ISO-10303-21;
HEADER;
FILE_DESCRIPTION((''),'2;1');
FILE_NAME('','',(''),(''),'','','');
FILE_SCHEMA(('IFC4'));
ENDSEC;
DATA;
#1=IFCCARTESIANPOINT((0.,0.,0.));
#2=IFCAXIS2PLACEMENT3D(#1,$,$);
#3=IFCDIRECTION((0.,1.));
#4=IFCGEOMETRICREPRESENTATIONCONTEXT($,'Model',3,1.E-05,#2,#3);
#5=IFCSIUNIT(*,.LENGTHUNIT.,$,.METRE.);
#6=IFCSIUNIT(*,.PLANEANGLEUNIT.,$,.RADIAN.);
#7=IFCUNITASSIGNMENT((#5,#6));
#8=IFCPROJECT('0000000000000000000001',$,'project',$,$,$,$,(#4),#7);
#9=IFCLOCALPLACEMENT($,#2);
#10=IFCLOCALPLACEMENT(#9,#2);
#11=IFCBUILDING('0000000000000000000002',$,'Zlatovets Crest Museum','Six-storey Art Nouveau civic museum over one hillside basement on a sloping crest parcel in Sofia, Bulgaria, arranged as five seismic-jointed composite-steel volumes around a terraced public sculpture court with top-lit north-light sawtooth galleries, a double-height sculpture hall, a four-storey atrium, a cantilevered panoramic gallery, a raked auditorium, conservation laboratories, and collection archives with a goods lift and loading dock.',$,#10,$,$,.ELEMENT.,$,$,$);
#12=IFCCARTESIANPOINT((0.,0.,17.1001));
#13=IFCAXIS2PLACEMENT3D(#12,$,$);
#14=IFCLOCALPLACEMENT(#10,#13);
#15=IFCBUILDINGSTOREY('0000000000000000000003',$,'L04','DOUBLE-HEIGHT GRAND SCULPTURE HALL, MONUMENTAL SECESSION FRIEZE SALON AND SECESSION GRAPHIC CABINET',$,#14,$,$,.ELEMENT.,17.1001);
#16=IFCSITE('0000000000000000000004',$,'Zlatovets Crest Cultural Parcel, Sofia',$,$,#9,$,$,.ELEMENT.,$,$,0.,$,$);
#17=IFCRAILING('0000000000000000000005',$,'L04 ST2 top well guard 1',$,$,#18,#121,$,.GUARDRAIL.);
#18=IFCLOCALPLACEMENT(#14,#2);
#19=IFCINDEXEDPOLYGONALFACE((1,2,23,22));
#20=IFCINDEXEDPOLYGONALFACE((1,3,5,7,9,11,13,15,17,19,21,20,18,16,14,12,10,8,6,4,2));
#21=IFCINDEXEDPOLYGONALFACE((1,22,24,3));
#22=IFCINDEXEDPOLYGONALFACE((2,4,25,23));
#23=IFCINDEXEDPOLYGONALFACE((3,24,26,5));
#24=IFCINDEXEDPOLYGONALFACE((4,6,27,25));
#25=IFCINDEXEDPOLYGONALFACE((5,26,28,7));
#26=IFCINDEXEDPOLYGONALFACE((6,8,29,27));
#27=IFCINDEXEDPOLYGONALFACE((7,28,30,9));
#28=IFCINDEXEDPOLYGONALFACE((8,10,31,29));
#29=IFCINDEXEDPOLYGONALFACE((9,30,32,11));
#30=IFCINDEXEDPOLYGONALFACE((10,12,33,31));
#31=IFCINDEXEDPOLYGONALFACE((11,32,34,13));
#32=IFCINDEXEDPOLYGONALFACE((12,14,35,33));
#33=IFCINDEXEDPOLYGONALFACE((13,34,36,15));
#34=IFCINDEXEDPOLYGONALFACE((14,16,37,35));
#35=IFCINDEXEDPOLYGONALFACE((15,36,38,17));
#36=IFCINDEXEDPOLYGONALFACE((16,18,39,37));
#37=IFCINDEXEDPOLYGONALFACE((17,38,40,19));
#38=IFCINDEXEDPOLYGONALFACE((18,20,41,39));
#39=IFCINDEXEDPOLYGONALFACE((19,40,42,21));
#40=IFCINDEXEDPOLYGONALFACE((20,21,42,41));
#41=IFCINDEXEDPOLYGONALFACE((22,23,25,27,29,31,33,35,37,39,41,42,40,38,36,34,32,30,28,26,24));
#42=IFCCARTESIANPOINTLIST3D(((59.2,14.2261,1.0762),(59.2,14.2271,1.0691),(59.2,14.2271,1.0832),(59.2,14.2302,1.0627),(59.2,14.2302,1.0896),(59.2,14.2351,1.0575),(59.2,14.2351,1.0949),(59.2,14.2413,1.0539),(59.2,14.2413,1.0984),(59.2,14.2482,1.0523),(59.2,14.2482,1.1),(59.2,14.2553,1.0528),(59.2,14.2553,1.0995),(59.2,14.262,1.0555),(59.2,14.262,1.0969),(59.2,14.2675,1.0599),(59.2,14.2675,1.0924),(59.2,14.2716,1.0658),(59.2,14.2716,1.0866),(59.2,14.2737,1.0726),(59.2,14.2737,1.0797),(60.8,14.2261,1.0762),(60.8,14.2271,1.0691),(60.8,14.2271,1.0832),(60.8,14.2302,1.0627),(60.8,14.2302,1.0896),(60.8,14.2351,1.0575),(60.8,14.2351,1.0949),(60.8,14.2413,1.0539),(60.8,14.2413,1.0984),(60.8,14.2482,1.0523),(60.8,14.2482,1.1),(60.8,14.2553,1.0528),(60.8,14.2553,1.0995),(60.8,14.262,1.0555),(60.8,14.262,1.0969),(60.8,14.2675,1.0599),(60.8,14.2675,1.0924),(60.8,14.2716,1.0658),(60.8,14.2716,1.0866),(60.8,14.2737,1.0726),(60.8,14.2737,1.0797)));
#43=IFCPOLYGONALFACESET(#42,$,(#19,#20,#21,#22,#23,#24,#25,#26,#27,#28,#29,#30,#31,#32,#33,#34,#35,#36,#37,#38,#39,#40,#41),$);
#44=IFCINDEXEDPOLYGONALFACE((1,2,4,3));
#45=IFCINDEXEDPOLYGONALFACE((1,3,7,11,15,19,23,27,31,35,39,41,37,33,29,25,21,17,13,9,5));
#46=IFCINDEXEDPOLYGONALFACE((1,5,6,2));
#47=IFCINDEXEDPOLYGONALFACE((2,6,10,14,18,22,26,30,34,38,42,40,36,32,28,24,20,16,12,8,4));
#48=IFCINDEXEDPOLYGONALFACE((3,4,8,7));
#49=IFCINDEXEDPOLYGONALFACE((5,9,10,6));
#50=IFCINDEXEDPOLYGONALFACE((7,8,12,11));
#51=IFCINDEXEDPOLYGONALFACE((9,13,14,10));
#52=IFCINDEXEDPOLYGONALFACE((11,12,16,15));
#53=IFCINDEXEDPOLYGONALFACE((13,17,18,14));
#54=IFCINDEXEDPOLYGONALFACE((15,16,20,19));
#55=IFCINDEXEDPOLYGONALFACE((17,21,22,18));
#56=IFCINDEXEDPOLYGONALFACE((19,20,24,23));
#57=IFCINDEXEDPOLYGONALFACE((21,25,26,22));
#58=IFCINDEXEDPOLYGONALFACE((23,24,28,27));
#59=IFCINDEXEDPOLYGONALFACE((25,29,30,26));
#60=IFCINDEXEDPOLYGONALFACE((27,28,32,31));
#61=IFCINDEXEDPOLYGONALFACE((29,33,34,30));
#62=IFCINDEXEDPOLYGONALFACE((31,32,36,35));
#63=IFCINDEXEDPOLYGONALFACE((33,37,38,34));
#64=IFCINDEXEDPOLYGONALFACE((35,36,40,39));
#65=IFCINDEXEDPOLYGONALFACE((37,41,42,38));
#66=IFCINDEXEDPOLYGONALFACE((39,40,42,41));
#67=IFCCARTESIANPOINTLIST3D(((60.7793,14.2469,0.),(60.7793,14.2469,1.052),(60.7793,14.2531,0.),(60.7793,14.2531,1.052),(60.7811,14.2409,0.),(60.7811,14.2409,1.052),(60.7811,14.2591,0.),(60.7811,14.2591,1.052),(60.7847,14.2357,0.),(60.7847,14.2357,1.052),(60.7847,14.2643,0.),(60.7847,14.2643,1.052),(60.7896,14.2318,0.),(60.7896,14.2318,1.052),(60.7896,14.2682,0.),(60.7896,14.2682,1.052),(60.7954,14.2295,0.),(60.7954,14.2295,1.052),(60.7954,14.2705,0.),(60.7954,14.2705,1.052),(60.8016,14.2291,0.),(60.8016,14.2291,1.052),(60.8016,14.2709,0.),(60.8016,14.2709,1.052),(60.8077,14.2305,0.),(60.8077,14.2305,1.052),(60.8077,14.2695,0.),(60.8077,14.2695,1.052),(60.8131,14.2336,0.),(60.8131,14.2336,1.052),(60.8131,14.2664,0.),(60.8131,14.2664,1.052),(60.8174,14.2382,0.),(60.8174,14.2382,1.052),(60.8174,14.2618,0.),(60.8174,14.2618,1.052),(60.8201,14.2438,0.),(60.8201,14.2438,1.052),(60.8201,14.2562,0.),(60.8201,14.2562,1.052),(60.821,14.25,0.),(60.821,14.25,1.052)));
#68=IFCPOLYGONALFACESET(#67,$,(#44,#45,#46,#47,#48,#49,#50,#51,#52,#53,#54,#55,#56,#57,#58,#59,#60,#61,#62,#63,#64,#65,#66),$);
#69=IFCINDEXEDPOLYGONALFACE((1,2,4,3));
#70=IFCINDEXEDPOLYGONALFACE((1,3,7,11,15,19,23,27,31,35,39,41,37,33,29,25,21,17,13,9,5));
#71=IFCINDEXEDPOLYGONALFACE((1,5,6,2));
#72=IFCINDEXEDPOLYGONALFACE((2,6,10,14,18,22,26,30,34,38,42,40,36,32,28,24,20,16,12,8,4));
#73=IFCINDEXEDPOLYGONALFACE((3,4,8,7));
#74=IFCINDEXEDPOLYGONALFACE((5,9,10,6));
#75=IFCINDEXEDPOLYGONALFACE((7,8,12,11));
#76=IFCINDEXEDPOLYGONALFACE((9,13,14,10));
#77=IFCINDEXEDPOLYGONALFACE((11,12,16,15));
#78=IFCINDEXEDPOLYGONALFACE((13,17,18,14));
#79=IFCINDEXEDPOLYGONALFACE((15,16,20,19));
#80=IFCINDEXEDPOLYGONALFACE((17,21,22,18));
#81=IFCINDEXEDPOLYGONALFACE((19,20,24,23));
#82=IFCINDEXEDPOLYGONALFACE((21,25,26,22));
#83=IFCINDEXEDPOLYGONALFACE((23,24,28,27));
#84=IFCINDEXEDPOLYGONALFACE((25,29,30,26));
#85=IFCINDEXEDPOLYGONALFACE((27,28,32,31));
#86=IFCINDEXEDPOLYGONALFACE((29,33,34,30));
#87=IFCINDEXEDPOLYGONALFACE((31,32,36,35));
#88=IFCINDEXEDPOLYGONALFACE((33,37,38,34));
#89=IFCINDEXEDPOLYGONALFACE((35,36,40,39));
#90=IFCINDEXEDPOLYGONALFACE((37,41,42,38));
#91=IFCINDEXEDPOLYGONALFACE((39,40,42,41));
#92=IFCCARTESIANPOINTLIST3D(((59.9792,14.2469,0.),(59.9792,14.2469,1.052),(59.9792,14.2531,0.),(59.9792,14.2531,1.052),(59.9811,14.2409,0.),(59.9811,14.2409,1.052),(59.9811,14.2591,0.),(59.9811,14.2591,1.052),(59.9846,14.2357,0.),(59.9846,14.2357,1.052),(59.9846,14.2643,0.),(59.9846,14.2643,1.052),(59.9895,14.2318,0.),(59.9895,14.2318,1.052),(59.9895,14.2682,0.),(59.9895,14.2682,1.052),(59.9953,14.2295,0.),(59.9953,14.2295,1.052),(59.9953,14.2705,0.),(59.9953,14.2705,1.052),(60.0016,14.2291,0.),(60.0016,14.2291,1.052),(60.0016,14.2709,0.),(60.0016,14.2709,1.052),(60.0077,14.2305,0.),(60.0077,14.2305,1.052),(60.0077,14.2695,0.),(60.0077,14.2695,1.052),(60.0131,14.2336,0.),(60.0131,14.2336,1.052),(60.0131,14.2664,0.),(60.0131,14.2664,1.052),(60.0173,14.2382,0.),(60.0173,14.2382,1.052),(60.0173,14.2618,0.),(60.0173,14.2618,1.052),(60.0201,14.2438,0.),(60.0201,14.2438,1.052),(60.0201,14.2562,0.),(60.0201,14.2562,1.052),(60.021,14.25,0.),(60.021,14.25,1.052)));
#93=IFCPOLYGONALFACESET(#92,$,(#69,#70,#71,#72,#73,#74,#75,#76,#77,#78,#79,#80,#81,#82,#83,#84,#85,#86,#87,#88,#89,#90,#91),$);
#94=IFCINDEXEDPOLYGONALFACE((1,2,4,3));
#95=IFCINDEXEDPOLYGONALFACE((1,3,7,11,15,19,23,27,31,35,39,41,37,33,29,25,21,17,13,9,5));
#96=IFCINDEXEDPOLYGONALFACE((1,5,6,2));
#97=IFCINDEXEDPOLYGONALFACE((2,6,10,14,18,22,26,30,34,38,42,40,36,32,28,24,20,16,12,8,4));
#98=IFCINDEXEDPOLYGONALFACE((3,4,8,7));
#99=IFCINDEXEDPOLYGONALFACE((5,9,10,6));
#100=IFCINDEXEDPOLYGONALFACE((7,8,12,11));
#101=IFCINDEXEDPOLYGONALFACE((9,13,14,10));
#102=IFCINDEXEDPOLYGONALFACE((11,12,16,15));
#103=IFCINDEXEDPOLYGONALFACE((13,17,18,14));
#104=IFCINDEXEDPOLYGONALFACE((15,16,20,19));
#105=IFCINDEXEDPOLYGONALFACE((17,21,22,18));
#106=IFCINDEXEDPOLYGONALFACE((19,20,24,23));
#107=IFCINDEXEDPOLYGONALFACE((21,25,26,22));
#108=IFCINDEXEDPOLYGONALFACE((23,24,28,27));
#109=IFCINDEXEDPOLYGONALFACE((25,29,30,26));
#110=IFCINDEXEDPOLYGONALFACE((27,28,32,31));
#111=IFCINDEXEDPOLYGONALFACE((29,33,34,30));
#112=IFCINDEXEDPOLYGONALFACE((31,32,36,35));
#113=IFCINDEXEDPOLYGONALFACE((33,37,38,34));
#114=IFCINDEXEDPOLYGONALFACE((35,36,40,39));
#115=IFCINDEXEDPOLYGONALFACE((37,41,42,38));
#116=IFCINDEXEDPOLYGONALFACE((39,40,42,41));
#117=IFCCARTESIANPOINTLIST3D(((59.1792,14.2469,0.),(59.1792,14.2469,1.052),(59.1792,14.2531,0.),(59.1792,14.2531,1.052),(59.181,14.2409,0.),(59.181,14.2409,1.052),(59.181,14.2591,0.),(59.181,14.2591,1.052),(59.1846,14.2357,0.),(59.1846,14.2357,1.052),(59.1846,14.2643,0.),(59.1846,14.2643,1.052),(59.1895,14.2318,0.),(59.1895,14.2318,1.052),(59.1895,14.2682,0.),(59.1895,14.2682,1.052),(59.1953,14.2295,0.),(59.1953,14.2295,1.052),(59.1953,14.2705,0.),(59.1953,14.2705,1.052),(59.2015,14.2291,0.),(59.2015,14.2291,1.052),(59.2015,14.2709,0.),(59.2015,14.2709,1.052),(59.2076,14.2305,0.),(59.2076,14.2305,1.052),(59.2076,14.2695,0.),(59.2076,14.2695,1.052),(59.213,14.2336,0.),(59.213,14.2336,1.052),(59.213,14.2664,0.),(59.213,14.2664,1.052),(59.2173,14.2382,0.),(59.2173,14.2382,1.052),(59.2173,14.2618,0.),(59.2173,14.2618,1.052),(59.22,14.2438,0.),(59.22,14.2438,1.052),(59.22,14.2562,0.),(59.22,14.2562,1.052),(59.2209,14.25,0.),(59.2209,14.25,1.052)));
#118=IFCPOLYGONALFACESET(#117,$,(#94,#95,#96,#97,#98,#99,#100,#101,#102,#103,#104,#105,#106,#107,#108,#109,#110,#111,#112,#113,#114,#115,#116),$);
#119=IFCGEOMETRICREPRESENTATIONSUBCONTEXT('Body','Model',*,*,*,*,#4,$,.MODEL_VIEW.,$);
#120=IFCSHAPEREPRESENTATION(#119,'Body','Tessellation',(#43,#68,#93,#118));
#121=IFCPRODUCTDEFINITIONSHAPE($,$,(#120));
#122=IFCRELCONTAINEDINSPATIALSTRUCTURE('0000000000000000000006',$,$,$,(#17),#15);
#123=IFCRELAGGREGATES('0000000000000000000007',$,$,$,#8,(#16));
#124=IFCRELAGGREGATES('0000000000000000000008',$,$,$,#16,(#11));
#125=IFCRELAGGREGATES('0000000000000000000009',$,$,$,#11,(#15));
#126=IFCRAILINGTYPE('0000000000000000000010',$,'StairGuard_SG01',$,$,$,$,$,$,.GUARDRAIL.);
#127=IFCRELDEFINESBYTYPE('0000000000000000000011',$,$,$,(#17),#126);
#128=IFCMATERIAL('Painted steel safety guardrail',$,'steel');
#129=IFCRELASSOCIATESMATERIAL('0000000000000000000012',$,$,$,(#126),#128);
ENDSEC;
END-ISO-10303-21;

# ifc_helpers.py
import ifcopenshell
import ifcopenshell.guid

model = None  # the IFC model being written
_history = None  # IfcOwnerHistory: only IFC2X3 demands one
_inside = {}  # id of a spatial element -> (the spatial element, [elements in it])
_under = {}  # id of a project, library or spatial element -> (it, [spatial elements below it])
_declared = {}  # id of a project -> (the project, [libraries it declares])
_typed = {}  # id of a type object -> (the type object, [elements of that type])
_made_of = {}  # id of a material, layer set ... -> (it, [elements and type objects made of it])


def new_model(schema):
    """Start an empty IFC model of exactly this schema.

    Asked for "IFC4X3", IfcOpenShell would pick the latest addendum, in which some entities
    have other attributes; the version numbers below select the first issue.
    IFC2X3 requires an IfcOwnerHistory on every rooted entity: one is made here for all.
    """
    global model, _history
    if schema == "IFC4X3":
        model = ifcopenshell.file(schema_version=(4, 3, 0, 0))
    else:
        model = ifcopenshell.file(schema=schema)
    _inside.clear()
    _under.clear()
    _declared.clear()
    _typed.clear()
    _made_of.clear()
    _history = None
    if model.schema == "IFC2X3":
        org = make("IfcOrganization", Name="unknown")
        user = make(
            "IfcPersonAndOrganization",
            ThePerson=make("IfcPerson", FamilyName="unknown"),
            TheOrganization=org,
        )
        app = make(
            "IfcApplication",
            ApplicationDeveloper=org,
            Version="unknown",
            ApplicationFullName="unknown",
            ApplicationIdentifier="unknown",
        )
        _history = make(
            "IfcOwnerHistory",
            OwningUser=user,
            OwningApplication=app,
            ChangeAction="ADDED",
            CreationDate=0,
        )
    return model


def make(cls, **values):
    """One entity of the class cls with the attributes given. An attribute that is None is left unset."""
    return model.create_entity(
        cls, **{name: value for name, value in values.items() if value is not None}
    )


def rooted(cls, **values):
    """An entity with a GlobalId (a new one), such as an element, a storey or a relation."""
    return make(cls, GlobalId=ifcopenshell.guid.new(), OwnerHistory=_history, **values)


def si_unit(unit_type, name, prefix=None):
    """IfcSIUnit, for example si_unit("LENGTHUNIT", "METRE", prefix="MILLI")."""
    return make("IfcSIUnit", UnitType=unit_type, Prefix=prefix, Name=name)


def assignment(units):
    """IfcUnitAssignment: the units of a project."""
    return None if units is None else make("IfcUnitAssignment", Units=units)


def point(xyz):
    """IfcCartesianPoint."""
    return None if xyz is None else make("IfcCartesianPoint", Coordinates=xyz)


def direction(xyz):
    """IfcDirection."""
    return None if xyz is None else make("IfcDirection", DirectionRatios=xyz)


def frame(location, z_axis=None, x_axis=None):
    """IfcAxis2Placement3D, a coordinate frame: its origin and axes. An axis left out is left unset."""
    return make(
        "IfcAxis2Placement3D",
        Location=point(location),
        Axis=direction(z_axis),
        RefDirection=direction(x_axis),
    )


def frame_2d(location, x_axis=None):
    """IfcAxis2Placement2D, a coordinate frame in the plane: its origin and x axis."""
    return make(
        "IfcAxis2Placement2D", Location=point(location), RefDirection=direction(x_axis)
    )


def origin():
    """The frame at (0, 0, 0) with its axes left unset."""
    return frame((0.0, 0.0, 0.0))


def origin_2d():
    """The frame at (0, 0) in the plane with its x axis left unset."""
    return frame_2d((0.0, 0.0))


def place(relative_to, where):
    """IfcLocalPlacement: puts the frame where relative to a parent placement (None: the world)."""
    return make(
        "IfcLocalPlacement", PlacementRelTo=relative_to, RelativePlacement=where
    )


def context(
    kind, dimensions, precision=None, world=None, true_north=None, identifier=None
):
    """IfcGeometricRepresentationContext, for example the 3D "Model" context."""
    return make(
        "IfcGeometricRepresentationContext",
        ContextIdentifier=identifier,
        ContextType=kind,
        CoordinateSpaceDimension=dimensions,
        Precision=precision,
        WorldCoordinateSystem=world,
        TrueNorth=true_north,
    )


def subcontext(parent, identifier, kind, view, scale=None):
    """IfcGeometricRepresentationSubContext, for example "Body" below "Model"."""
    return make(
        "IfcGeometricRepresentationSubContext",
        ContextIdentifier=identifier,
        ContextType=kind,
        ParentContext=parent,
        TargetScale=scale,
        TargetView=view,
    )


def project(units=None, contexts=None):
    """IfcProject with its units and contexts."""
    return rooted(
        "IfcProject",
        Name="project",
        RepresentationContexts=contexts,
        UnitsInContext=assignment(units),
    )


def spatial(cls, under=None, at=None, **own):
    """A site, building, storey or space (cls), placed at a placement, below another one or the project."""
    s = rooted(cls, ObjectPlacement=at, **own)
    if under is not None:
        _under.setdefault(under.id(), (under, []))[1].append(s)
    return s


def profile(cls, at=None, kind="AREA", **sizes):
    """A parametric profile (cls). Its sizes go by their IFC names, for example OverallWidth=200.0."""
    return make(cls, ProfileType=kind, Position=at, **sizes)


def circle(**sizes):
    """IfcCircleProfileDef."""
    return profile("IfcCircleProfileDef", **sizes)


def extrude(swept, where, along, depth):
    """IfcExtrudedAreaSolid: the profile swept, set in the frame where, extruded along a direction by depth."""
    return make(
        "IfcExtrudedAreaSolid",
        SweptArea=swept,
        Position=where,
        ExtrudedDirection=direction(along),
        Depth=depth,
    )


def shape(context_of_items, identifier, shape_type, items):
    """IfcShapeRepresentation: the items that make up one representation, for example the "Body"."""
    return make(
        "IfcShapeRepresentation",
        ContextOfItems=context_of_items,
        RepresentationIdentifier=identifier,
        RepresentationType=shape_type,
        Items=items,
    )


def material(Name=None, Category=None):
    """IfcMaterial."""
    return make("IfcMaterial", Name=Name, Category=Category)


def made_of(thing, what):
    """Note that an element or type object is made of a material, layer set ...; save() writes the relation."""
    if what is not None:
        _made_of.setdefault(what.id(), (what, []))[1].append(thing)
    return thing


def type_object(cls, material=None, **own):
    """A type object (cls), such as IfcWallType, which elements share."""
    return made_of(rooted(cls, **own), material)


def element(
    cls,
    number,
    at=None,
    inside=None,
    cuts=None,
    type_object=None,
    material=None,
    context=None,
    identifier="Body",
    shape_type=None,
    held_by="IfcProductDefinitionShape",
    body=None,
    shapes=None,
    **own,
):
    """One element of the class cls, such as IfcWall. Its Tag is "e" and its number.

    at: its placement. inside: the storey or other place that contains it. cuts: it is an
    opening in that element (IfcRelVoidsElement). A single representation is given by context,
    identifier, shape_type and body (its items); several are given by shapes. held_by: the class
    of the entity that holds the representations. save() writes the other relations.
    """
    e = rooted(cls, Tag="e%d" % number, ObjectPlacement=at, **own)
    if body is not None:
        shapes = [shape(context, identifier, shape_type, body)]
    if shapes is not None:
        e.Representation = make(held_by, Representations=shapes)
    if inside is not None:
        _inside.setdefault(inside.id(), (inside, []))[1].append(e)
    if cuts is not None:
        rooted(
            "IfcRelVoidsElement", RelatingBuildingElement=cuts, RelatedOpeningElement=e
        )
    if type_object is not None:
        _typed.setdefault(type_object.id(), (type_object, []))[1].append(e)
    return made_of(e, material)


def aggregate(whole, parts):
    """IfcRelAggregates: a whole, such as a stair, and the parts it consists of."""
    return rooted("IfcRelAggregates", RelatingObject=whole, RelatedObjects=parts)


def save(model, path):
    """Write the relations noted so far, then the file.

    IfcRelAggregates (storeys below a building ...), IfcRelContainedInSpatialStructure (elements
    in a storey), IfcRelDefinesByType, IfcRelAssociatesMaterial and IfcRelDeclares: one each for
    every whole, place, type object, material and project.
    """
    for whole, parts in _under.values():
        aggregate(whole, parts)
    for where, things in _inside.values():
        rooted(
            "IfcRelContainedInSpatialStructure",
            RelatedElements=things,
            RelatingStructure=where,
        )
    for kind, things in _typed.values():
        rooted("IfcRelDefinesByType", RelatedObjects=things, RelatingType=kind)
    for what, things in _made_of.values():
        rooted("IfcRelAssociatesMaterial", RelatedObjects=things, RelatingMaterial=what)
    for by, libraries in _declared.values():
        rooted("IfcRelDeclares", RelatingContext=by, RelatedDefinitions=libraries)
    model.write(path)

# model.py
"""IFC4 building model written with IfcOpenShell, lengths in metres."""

from ifc_helpers import new_model, si_unit, direction, frame, origin, origin_2d, place, context, subcontext, project, spatial, circle, extrude, material, type_object, element, save


model = new_model("IFC4")

# Units and contexts
model_context = context("Model", 3, precision=1e-05, world=origin(), true_north=direction((0.0, 1.0)))
body_context = subcontext(model_context, "Body", "Model", "MODEL_VIEW")
ifc_project = project(units=[si_unit("LENGTHUNIT", "METRE"), si_unit("PLANEANGLEUNIT", "RADIAN")], contexts=[model_context])

# Site, building, storey
site_placement = place(None, origin())
site = spatial("IfcSite", under=ifc_project, at=site_placement, Name="Zlatovets Crest Cultural Parcel, Sofia", CompositionType="ELEMENT", RefElevation=0.0)
building_placement = place(site_placement, origin())
building = spatial("IfcBuilding", under=site, at=building_placement, Name="Zlatovets Crest Museum", Description="Six-storey Art Nouveau civic museum over one hillside basement on a sloping crest parcel in Sofia, Bulgaria, arranged as five seismic-jointed composite-steel volumes around a terraced public sculpture court with top-lit north-light sawtooth galleries, a double-height sculpture hall, a four-storey atrium, a cantilevered panoramic gallery, a raked auditorium, conservation laboratories, and collection archives with a goods lift and loading dock.", CompositionType="ELEMENT")
storey_placement = place(building_placement, frame((0.0, 0.0, 17.1001)))
storey = spatial("IfcBuildingStorey", under=building, at=storey_placement, Name="L04", Description="DOUBLE-HEIGHT GRAND SCULPTURE HALL, MONUMENTAL SECESSION FRIEZE SALON AND SECESSION GRAPHIC CABINET", CompositionType="ELEMENT", Elevation=17.1001)

# Railing
ifc_material_1 = material(Name="Painted steel safety guardrail", Category="steel")
railing_type = type_object("IfcRailingType", Name="StairGuard_SG01", PredefinedType="GUARDRAIL", material=ifc_material_1)
railing_placement = place(storey_placement, frame((60.8, 14.25, 0.0)))
element("IfcRailing", 1, at=railing_placement, inside=storey, type_object=railing_type, Name="L04 ST2 top well guard 1", PredefinedType="GUARDRAIL", context=body_context, shape_type="SweptSolid", body=[
    extrude(circle(Radius=0.0239, at=origin_2d()), frame((0.0, 0.0, 1.0762), z_axis=(-1.0, 0.0, 0.0), x_axis=(0.0, -1.0, 0.0)), (0.0, 0.0, 1.0), 1.6001),
    extrude(circle(Radius=0.021, at=origin_2d()), origin(), (0.0, 0.0, 1.0), 1.052),
    extrude(circle(Radius=0.021, at=origin_2d()), frame((-0.8, 0.0, 0.0)), (0.0, 0.0, 1.0), 1.052),
    extrude(circle(Radius=0.021, at=origin_2d()), frame((-1.6001, 0.0, 0.0)), (0.0, 0.0, 1.0), 1.052),
])

save(model, "model.ifc")
